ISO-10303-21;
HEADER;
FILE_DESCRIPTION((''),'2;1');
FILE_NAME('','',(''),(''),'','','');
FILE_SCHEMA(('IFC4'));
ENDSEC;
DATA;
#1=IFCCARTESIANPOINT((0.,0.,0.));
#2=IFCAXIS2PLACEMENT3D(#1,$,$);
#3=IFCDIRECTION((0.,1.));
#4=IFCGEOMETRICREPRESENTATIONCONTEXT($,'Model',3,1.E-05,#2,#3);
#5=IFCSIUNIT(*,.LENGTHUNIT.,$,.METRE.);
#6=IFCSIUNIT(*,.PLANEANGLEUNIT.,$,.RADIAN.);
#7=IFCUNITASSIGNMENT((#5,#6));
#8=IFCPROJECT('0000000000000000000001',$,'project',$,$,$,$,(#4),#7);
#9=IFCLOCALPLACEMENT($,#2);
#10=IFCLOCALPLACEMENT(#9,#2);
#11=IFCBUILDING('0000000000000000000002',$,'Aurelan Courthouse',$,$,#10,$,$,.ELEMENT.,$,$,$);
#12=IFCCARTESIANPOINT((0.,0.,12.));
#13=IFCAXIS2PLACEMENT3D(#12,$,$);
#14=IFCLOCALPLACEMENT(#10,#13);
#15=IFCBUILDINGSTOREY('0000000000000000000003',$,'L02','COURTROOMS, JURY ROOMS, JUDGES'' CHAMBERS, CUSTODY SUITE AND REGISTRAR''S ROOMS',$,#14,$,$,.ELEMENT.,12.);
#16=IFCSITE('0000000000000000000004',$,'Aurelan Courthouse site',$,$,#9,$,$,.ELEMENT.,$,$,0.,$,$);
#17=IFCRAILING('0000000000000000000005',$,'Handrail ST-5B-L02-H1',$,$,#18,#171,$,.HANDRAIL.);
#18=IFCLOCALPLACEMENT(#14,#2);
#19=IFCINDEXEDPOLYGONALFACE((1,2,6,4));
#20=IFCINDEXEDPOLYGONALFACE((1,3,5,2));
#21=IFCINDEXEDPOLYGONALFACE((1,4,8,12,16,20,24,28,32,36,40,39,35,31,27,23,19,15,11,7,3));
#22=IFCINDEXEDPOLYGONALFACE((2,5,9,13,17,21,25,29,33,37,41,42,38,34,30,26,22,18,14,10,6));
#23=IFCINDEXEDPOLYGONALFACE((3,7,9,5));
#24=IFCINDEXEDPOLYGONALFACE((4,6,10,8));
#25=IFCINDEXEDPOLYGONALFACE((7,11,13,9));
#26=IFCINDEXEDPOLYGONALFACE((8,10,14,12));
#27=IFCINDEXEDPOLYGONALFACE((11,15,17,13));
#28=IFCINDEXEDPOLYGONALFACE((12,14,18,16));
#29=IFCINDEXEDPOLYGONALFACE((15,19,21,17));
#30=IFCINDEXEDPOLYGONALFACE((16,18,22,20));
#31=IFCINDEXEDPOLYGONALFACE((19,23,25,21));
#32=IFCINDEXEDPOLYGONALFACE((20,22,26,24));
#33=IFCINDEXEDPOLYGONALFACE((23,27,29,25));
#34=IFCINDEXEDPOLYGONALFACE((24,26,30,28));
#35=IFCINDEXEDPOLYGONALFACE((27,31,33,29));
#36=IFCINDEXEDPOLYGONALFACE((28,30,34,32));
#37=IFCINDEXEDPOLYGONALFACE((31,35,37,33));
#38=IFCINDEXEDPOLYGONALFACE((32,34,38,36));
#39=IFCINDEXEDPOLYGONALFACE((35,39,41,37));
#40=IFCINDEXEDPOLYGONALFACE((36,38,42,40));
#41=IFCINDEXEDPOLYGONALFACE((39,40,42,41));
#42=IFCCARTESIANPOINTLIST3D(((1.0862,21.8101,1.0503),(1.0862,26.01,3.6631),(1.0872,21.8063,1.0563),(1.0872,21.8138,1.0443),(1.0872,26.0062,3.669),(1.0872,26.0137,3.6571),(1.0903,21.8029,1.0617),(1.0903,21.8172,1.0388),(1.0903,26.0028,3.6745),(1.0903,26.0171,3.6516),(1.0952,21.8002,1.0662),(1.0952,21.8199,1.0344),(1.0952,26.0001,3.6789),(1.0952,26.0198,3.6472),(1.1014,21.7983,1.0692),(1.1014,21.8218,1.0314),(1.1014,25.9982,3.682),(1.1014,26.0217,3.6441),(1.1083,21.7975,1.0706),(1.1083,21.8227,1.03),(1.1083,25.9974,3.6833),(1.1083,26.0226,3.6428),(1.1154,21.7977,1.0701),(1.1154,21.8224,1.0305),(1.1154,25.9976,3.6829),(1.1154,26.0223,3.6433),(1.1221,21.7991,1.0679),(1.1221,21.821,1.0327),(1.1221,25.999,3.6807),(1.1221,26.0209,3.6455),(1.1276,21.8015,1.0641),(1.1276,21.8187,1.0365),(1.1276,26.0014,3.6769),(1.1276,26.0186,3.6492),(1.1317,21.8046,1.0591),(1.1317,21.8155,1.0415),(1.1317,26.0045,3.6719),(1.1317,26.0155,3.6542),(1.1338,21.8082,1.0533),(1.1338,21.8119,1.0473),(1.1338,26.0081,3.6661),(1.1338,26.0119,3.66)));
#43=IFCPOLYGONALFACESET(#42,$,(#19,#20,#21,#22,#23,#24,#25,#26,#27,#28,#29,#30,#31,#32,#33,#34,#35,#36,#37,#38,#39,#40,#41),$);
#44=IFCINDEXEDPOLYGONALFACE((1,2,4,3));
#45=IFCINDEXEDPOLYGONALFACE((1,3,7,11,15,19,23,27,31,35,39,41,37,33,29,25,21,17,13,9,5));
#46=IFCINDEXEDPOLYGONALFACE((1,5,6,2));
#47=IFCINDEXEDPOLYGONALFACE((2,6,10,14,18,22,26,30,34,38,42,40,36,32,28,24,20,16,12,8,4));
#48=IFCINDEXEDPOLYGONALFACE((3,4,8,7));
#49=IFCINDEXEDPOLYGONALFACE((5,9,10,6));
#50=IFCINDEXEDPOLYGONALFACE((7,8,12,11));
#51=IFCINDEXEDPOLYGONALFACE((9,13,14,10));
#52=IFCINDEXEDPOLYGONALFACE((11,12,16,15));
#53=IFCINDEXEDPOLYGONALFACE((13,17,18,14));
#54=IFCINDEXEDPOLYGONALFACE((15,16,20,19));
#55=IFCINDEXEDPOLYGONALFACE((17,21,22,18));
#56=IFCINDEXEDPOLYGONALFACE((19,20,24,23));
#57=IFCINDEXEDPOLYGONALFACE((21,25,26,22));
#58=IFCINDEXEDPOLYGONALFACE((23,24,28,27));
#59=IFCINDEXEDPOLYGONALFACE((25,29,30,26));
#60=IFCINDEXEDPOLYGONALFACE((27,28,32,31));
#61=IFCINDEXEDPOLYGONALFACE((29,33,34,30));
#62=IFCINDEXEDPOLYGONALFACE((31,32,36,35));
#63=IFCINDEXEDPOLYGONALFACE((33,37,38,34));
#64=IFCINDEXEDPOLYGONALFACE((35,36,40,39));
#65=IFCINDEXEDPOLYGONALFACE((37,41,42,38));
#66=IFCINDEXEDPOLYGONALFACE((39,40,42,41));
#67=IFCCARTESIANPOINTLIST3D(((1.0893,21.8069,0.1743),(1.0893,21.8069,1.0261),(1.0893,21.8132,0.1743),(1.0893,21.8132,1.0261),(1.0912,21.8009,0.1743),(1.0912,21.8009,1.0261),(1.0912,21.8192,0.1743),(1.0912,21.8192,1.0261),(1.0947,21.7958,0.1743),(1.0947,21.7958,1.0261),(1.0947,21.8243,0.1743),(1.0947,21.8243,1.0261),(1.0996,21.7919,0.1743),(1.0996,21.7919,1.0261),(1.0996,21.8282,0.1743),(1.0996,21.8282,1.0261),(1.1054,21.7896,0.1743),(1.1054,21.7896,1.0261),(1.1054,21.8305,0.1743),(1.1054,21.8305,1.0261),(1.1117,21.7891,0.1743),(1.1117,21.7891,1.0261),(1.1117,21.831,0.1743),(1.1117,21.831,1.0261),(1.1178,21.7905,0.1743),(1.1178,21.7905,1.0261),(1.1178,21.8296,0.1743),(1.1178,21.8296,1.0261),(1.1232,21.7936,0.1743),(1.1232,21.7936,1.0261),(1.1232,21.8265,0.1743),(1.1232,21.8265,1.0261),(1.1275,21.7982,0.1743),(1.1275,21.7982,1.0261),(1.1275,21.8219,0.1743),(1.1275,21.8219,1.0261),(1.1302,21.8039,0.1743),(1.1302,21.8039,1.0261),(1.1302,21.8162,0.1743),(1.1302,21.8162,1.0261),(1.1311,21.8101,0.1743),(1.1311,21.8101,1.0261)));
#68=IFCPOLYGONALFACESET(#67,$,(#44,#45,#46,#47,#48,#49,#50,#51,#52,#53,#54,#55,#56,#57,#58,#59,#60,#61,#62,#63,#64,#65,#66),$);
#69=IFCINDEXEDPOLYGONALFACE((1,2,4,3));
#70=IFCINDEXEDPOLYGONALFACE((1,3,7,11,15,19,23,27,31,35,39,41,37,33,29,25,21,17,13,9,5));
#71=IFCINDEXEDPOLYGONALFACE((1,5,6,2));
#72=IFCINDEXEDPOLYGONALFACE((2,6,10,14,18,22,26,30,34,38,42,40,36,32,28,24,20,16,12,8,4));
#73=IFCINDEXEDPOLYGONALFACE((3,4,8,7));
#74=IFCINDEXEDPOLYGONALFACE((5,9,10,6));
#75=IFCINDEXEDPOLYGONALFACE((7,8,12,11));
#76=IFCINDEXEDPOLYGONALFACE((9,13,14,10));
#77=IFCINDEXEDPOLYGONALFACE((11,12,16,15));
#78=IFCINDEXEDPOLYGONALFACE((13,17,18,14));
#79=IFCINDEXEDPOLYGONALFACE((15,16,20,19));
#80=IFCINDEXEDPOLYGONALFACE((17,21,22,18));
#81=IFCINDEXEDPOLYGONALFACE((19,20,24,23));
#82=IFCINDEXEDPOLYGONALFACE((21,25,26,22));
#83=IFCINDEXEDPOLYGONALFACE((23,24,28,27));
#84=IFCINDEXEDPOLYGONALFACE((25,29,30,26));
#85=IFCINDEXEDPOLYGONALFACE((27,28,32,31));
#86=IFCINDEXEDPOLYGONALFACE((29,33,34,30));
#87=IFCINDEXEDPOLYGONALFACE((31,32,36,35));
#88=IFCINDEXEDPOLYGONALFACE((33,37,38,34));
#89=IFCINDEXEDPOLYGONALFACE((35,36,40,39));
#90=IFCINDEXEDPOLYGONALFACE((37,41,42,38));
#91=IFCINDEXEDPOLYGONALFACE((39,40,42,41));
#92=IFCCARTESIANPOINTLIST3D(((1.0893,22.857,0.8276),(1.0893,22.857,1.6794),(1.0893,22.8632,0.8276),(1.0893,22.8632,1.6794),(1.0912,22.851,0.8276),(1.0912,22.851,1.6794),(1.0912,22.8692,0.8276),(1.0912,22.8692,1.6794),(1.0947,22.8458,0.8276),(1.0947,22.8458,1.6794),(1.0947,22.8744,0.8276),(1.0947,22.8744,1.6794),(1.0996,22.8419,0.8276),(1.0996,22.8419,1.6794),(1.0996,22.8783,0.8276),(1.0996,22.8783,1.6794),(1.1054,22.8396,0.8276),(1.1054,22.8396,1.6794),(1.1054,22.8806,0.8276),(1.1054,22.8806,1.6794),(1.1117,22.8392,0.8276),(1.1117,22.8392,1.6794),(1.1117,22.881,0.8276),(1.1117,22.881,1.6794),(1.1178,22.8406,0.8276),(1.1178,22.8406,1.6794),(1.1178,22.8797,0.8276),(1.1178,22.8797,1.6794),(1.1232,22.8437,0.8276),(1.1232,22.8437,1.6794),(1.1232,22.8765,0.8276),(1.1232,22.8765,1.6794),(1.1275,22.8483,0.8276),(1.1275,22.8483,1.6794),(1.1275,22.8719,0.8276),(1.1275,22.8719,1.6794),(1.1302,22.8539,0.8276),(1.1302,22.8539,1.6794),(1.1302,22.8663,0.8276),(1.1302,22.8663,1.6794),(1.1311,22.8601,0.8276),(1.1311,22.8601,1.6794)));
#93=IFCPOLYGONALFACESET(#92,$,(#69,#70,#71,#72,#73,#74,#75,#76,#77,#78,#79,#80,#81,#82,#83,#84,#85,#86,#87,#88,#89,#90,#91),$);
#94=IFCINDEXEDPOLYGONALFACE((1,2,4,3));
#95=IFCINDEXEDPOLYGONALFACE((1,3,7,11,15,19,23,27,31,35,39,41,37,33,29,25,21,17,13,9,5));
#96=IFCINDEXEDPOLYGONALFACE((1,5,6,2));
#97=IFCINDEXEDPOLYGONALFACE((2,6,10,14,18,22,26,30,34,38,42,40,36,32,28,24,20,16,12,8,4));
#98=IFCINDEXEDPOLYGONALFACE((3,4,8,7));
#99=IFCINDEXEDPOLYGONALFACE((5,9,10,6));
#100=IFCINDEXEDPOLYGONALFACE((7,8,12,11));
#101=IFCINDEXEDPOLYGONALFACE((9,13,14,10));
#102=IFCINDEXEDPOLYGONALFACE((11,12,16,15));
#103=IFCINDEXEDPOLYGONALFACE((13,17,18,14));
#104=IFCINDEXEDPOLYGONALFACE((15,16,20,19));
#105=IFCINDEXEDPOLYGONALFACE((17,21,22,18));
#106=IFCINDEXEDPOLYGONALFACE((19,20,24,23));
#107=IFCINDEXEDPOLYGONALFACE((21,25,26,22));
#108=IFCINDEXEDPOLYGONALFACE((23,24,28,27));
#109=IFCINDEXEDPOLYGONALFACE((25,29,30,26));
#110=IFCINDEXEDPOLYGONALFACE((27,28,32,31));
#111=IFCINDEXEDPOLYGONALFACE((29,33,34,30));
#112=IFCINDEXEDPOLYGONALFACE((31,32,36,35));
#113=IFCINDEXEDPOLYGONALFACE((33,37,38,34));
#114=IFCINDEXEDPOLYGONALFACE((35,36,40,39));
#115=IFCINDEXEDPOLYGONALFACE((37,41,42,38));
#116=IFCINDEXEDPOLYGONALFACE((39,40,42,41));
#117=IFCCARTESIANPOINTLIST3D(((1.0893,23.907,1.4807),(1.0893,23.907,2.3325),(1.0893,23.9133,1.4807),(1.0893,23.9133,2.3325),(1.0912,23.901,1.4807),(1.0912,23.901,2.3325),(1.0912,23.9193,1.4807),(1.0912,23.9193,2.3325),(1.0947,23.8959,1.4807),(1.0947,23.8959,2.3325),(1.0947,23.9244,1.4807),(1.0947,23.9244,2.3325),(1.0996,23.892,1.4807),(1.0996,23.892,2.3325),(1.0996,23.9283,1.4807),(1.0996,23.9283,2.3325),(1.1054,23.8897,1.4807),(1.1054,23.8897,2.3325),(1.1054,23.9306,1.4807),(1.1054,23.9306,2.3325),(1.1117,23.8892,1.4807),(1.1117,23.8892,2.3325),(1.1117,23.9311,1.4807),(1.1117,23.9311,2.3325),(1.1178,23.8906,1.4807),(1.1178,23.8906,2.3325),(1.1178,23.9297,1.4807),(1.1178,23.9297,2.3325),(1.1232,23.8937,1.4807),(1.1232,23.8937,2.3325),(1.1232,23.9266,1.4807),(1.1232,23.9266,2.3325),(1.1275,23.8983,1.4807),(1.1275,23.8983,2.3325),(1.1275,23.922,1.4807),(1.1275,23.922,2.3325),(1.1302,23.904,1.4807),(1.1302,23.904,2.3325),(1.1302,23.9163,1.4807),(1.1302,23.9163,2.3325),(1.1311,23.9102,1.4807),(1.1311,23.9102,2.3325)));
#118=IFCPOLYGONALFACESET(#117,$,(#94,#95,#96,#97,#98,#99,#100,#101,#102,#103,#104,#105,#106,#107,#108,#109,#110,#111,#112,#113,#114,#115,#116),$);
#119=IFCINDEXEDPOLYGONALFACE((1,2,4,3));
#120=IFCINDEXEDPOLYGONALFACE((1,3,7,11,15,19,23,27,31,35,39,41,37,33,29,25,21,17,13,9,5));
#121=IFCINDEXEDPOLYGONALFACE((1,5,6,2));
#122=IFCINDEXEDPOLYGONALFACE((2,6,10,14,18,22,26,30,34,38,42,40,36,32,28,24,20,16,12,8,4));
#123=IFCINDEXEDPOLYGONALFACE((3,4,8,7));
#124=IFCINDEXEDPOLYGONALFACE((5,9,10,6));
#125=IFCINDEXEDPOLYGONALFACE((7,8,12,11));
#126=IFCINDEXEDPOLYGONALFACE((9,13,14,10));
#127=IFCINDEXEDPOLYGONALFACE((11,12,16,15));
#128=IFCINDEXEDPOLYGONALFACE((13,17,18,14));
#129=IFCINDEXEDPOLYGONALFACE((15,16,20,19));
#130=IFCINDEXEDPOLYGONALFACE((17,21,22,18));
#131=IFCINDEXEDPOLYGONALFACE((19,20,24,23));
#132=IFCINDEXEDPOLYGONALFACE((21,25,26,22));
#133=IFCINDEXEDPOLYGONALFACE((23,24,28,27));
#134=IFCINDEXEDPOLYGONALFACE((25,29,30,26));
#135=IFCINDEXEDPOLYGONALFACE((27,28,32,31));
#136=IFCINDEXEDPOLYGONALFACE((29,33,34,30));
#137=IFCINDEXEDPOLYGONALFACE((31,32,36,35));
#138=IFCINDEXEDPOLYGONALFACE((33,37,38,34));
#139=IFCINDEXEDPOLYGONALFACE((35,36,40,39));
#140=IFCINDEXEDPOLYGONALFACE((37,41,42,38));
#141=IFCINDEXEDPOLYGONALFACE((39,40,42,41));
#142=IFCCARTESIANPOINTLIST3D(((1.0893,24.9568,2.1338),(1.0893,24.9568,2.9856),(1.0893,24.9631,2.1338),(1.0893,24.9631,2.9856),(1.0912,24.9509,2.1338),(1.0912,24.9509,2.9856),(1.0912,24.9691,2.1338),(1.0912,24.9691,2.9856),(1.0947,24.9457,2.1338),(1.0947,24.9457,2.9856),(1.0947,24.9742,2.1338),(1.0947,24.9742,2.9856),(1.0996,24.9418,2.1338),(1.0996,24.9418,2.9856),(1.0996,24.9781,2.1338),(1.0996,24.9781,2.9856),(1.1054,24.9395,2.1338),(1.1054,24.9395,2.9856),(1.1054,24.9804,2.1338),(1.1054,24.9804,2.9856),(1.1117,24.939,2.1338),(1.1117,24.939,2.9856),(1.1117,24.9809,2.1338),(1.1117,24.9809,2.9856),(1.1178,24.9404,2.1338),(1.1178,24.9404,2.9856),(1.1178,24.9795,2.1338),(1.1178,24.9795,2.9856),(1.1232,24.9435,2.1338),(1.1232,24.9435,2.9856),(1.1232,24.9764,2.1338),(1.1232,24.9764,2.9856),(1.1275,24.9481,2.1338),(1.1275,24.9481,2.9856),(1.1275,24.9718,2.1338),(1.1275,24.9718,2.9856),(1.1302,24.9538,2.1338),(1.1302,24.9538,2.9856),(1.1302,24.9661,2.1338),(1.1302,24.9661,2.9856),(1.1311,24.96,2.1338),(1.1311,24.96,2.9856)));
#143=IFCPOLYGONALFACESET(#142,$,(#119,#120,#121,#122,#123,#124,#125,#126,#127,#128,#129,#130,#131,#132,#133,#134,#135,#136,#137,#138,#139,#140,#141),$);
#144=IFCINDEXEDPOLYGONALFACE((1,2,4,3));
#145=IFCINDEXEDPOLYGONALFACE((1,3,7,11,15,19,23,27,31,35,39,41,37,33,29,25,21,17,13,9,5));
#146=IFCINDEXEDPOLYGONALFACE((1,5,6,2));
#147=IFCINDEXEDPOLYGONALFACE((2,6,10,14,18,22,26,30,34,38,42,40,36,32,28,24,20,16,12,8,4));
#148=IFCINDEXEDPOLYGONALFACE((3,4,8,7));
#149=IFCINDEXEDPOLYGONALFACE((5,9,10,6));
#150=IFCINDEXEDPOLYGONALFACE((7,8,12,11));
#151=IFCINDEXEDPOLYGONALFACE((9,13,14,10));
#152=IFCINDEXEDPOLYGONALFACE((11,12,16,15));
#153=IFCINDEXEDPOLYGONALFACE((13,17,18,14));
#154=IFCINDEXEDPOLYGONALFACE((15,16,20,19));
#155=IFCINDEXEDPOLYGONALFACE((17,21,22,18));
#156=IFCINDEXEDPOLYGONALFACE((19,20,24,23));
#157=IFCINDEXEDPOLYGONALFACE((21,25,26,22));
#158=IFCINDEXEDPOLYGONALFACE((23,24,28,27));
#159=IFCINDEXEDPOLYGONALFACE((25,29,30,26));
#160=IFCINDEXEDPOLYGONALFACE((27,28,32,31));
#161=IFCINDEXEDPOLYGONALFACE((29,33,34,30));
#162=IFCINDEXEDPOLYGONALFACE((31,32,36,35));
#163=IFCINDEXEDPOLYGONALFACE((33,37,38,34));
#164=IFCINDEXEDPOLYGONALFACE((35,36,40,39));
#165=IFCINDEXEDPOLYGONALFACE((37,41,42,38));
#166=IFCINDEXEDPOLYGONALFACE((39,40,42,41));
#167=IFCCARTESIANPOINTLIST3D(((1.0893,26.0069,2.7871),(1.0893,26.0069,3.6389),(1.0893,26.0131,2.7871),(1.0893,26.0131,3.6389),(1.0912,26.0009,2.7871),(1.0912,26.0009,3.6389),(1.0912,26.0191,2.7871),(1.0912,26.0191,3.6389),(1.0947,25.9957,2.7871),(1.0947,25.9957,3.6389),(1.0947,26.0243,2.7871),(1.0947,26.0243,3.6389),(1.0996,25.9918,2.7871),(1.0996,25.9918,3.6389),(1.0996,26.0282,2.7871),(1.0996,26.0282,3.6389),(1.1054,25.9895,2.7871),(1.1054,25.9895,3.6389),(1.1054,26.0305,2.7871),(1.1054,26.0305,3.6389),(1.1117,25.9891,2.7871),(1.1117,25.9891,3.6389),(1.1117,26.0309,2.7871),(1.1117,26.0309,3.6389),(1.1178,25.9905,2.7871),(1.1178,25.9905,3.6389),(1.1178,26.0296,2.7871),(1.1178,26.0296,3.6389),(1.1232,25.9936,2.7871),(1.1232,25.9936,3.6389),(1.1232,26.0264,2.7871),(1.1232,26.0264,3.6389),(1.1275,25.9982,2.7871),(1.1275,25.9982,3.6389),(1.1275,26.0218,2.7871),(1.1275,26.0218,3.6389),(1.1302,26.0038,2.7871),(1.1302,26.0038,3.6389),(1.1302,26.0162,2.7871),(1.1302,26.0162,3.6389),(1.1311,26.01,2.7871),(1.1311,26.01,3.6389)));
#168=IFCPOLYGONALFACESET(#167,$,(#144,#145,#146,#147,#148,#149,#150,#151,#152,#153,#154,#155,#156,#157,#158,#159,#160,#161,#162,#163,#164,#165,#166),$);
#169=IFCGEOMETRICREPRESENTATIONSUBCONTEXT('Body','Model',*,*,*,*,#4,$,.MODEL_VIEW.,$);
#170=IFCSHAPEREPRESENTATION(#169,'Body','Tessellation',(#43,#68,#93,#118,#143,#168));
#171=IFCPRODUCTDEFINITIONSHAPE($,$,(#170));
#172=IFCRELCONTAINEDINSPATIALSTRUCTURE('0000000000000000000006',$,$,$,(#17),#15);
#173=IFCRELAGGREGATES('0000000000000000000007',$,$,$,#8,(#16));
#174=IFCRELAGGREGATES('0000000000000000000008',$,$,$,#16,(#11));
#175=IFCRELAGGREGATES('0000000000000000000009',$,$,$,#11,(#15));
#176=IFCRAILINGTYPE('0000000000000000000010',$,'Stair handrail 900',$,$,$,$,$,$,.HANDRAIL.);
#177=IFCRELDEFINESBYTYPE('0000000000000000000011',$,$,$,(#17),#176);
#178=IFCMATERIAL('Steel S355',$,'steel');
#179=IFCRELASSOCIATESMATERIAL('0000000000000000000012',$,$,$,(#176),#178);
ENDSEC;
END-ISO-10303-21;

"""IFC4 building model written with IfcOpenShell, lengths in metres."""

from ifc_helpers import new_model, si_unit, direction, frame, origin, origin_2d, place, context, subcontext, project, spatial, circle, extrude, material, type_object, element, save


model = new_model("IFC4")

# Units and contexts
model_context = context("Model", 3, precision=1e-05, world=origin(), true_north=direction((0.0, 1.0)))
body_context = subcontext(model_context, "Body", "Model", "MODEL_VIEW")
ifc_project = project(units=[si_unit("LENGTHUNIT", "METRE"), si_unit("PLANEANGLEUNIT", "RADIAN")], contexts=[model_context])

# Site, building, storey
site_placement = place(None, origin())
site = spatial("IfcSite", under=ifc_project, at=site_placement, Name="Aurelan Courthouse site", CompositionType="ELEMENT", RefElevation=0.0)
building_placement = place(site_placement, origin())
building = spatial("IfcBuilding", under=site, at=building_placement, Name="Aurelan Courthouse", CompositionType="ELEMENT")
storey_placement = place(building_placement, frame((0.0, 0.0, 12.0)))
storey = spatial("IfcBuildingStorey", under=building, at=storey_placement, Name="L02", Description="COURTROOMS, JURY ROOMS, JUDGES' CHAMBERS, CUSTODY SUITE AND REGISTRAR'S ROOMS", CompositionType="ELEMENT", Elevation=12.0)

# Railing
ifc_material_1 = material(Name="Steel S355", Category="steel")
railing_type = type_object("IfcRailingType", Name="Stair handrail 900", PredefinedType="HANDRAIL", material=ifc_material_1)
for number, where, name in (
    (1, (1.1101, 21.8101, 0.1743), "Handrail ST-5B-L02-H1"),
):
    element("IfcRailing", number, at=place(storey_placement, frame(where)), inside=storey, type_object=railing_type, Name=name, PredefinedType="HANDRAIL", context=body_context, shape_type="SweptSolid", body=[
        extrude(circle(Radius=0.0239, at=origin_2d()), frame((0.0, 0.0, 0.876), z_axis=(0.0, 0.849103, 0.528228), x_axis=(-1.0, 0.0, 0.0)), (0.0, 0.0, 1.0), 4.9463),
        extrude(circle(Radius=0.021, at=origin_2d()), origin(), (0.0, 0.0, 1.0), 0.8518),
        extrude(circle(Radius=0.021, at=origin_2d()), frame((0.0, 1.05, 0.6533)), (0.0, 0.0, 1.0), 0.8518),
        extrude(circle(Radius=0.021, at=origin_2d()), frame((0.0, 2.1001, 1.3064)), (0.0, 0.0, 1.0), 0.8518),
        extrude(circle(Radius=0.021, at=origin_2d()), frame((0.0, 3.1499, 1.9595)), (0.0, 0.0, 1.0), 0.8518),
        extrude(circle(Radius=0.021, at=origin_2d()), frame((0.0, 4.2, 2.6128)), (0.0, 0.0, 1.0), 0.8518),
    ])

save(model, "model.ifc")
